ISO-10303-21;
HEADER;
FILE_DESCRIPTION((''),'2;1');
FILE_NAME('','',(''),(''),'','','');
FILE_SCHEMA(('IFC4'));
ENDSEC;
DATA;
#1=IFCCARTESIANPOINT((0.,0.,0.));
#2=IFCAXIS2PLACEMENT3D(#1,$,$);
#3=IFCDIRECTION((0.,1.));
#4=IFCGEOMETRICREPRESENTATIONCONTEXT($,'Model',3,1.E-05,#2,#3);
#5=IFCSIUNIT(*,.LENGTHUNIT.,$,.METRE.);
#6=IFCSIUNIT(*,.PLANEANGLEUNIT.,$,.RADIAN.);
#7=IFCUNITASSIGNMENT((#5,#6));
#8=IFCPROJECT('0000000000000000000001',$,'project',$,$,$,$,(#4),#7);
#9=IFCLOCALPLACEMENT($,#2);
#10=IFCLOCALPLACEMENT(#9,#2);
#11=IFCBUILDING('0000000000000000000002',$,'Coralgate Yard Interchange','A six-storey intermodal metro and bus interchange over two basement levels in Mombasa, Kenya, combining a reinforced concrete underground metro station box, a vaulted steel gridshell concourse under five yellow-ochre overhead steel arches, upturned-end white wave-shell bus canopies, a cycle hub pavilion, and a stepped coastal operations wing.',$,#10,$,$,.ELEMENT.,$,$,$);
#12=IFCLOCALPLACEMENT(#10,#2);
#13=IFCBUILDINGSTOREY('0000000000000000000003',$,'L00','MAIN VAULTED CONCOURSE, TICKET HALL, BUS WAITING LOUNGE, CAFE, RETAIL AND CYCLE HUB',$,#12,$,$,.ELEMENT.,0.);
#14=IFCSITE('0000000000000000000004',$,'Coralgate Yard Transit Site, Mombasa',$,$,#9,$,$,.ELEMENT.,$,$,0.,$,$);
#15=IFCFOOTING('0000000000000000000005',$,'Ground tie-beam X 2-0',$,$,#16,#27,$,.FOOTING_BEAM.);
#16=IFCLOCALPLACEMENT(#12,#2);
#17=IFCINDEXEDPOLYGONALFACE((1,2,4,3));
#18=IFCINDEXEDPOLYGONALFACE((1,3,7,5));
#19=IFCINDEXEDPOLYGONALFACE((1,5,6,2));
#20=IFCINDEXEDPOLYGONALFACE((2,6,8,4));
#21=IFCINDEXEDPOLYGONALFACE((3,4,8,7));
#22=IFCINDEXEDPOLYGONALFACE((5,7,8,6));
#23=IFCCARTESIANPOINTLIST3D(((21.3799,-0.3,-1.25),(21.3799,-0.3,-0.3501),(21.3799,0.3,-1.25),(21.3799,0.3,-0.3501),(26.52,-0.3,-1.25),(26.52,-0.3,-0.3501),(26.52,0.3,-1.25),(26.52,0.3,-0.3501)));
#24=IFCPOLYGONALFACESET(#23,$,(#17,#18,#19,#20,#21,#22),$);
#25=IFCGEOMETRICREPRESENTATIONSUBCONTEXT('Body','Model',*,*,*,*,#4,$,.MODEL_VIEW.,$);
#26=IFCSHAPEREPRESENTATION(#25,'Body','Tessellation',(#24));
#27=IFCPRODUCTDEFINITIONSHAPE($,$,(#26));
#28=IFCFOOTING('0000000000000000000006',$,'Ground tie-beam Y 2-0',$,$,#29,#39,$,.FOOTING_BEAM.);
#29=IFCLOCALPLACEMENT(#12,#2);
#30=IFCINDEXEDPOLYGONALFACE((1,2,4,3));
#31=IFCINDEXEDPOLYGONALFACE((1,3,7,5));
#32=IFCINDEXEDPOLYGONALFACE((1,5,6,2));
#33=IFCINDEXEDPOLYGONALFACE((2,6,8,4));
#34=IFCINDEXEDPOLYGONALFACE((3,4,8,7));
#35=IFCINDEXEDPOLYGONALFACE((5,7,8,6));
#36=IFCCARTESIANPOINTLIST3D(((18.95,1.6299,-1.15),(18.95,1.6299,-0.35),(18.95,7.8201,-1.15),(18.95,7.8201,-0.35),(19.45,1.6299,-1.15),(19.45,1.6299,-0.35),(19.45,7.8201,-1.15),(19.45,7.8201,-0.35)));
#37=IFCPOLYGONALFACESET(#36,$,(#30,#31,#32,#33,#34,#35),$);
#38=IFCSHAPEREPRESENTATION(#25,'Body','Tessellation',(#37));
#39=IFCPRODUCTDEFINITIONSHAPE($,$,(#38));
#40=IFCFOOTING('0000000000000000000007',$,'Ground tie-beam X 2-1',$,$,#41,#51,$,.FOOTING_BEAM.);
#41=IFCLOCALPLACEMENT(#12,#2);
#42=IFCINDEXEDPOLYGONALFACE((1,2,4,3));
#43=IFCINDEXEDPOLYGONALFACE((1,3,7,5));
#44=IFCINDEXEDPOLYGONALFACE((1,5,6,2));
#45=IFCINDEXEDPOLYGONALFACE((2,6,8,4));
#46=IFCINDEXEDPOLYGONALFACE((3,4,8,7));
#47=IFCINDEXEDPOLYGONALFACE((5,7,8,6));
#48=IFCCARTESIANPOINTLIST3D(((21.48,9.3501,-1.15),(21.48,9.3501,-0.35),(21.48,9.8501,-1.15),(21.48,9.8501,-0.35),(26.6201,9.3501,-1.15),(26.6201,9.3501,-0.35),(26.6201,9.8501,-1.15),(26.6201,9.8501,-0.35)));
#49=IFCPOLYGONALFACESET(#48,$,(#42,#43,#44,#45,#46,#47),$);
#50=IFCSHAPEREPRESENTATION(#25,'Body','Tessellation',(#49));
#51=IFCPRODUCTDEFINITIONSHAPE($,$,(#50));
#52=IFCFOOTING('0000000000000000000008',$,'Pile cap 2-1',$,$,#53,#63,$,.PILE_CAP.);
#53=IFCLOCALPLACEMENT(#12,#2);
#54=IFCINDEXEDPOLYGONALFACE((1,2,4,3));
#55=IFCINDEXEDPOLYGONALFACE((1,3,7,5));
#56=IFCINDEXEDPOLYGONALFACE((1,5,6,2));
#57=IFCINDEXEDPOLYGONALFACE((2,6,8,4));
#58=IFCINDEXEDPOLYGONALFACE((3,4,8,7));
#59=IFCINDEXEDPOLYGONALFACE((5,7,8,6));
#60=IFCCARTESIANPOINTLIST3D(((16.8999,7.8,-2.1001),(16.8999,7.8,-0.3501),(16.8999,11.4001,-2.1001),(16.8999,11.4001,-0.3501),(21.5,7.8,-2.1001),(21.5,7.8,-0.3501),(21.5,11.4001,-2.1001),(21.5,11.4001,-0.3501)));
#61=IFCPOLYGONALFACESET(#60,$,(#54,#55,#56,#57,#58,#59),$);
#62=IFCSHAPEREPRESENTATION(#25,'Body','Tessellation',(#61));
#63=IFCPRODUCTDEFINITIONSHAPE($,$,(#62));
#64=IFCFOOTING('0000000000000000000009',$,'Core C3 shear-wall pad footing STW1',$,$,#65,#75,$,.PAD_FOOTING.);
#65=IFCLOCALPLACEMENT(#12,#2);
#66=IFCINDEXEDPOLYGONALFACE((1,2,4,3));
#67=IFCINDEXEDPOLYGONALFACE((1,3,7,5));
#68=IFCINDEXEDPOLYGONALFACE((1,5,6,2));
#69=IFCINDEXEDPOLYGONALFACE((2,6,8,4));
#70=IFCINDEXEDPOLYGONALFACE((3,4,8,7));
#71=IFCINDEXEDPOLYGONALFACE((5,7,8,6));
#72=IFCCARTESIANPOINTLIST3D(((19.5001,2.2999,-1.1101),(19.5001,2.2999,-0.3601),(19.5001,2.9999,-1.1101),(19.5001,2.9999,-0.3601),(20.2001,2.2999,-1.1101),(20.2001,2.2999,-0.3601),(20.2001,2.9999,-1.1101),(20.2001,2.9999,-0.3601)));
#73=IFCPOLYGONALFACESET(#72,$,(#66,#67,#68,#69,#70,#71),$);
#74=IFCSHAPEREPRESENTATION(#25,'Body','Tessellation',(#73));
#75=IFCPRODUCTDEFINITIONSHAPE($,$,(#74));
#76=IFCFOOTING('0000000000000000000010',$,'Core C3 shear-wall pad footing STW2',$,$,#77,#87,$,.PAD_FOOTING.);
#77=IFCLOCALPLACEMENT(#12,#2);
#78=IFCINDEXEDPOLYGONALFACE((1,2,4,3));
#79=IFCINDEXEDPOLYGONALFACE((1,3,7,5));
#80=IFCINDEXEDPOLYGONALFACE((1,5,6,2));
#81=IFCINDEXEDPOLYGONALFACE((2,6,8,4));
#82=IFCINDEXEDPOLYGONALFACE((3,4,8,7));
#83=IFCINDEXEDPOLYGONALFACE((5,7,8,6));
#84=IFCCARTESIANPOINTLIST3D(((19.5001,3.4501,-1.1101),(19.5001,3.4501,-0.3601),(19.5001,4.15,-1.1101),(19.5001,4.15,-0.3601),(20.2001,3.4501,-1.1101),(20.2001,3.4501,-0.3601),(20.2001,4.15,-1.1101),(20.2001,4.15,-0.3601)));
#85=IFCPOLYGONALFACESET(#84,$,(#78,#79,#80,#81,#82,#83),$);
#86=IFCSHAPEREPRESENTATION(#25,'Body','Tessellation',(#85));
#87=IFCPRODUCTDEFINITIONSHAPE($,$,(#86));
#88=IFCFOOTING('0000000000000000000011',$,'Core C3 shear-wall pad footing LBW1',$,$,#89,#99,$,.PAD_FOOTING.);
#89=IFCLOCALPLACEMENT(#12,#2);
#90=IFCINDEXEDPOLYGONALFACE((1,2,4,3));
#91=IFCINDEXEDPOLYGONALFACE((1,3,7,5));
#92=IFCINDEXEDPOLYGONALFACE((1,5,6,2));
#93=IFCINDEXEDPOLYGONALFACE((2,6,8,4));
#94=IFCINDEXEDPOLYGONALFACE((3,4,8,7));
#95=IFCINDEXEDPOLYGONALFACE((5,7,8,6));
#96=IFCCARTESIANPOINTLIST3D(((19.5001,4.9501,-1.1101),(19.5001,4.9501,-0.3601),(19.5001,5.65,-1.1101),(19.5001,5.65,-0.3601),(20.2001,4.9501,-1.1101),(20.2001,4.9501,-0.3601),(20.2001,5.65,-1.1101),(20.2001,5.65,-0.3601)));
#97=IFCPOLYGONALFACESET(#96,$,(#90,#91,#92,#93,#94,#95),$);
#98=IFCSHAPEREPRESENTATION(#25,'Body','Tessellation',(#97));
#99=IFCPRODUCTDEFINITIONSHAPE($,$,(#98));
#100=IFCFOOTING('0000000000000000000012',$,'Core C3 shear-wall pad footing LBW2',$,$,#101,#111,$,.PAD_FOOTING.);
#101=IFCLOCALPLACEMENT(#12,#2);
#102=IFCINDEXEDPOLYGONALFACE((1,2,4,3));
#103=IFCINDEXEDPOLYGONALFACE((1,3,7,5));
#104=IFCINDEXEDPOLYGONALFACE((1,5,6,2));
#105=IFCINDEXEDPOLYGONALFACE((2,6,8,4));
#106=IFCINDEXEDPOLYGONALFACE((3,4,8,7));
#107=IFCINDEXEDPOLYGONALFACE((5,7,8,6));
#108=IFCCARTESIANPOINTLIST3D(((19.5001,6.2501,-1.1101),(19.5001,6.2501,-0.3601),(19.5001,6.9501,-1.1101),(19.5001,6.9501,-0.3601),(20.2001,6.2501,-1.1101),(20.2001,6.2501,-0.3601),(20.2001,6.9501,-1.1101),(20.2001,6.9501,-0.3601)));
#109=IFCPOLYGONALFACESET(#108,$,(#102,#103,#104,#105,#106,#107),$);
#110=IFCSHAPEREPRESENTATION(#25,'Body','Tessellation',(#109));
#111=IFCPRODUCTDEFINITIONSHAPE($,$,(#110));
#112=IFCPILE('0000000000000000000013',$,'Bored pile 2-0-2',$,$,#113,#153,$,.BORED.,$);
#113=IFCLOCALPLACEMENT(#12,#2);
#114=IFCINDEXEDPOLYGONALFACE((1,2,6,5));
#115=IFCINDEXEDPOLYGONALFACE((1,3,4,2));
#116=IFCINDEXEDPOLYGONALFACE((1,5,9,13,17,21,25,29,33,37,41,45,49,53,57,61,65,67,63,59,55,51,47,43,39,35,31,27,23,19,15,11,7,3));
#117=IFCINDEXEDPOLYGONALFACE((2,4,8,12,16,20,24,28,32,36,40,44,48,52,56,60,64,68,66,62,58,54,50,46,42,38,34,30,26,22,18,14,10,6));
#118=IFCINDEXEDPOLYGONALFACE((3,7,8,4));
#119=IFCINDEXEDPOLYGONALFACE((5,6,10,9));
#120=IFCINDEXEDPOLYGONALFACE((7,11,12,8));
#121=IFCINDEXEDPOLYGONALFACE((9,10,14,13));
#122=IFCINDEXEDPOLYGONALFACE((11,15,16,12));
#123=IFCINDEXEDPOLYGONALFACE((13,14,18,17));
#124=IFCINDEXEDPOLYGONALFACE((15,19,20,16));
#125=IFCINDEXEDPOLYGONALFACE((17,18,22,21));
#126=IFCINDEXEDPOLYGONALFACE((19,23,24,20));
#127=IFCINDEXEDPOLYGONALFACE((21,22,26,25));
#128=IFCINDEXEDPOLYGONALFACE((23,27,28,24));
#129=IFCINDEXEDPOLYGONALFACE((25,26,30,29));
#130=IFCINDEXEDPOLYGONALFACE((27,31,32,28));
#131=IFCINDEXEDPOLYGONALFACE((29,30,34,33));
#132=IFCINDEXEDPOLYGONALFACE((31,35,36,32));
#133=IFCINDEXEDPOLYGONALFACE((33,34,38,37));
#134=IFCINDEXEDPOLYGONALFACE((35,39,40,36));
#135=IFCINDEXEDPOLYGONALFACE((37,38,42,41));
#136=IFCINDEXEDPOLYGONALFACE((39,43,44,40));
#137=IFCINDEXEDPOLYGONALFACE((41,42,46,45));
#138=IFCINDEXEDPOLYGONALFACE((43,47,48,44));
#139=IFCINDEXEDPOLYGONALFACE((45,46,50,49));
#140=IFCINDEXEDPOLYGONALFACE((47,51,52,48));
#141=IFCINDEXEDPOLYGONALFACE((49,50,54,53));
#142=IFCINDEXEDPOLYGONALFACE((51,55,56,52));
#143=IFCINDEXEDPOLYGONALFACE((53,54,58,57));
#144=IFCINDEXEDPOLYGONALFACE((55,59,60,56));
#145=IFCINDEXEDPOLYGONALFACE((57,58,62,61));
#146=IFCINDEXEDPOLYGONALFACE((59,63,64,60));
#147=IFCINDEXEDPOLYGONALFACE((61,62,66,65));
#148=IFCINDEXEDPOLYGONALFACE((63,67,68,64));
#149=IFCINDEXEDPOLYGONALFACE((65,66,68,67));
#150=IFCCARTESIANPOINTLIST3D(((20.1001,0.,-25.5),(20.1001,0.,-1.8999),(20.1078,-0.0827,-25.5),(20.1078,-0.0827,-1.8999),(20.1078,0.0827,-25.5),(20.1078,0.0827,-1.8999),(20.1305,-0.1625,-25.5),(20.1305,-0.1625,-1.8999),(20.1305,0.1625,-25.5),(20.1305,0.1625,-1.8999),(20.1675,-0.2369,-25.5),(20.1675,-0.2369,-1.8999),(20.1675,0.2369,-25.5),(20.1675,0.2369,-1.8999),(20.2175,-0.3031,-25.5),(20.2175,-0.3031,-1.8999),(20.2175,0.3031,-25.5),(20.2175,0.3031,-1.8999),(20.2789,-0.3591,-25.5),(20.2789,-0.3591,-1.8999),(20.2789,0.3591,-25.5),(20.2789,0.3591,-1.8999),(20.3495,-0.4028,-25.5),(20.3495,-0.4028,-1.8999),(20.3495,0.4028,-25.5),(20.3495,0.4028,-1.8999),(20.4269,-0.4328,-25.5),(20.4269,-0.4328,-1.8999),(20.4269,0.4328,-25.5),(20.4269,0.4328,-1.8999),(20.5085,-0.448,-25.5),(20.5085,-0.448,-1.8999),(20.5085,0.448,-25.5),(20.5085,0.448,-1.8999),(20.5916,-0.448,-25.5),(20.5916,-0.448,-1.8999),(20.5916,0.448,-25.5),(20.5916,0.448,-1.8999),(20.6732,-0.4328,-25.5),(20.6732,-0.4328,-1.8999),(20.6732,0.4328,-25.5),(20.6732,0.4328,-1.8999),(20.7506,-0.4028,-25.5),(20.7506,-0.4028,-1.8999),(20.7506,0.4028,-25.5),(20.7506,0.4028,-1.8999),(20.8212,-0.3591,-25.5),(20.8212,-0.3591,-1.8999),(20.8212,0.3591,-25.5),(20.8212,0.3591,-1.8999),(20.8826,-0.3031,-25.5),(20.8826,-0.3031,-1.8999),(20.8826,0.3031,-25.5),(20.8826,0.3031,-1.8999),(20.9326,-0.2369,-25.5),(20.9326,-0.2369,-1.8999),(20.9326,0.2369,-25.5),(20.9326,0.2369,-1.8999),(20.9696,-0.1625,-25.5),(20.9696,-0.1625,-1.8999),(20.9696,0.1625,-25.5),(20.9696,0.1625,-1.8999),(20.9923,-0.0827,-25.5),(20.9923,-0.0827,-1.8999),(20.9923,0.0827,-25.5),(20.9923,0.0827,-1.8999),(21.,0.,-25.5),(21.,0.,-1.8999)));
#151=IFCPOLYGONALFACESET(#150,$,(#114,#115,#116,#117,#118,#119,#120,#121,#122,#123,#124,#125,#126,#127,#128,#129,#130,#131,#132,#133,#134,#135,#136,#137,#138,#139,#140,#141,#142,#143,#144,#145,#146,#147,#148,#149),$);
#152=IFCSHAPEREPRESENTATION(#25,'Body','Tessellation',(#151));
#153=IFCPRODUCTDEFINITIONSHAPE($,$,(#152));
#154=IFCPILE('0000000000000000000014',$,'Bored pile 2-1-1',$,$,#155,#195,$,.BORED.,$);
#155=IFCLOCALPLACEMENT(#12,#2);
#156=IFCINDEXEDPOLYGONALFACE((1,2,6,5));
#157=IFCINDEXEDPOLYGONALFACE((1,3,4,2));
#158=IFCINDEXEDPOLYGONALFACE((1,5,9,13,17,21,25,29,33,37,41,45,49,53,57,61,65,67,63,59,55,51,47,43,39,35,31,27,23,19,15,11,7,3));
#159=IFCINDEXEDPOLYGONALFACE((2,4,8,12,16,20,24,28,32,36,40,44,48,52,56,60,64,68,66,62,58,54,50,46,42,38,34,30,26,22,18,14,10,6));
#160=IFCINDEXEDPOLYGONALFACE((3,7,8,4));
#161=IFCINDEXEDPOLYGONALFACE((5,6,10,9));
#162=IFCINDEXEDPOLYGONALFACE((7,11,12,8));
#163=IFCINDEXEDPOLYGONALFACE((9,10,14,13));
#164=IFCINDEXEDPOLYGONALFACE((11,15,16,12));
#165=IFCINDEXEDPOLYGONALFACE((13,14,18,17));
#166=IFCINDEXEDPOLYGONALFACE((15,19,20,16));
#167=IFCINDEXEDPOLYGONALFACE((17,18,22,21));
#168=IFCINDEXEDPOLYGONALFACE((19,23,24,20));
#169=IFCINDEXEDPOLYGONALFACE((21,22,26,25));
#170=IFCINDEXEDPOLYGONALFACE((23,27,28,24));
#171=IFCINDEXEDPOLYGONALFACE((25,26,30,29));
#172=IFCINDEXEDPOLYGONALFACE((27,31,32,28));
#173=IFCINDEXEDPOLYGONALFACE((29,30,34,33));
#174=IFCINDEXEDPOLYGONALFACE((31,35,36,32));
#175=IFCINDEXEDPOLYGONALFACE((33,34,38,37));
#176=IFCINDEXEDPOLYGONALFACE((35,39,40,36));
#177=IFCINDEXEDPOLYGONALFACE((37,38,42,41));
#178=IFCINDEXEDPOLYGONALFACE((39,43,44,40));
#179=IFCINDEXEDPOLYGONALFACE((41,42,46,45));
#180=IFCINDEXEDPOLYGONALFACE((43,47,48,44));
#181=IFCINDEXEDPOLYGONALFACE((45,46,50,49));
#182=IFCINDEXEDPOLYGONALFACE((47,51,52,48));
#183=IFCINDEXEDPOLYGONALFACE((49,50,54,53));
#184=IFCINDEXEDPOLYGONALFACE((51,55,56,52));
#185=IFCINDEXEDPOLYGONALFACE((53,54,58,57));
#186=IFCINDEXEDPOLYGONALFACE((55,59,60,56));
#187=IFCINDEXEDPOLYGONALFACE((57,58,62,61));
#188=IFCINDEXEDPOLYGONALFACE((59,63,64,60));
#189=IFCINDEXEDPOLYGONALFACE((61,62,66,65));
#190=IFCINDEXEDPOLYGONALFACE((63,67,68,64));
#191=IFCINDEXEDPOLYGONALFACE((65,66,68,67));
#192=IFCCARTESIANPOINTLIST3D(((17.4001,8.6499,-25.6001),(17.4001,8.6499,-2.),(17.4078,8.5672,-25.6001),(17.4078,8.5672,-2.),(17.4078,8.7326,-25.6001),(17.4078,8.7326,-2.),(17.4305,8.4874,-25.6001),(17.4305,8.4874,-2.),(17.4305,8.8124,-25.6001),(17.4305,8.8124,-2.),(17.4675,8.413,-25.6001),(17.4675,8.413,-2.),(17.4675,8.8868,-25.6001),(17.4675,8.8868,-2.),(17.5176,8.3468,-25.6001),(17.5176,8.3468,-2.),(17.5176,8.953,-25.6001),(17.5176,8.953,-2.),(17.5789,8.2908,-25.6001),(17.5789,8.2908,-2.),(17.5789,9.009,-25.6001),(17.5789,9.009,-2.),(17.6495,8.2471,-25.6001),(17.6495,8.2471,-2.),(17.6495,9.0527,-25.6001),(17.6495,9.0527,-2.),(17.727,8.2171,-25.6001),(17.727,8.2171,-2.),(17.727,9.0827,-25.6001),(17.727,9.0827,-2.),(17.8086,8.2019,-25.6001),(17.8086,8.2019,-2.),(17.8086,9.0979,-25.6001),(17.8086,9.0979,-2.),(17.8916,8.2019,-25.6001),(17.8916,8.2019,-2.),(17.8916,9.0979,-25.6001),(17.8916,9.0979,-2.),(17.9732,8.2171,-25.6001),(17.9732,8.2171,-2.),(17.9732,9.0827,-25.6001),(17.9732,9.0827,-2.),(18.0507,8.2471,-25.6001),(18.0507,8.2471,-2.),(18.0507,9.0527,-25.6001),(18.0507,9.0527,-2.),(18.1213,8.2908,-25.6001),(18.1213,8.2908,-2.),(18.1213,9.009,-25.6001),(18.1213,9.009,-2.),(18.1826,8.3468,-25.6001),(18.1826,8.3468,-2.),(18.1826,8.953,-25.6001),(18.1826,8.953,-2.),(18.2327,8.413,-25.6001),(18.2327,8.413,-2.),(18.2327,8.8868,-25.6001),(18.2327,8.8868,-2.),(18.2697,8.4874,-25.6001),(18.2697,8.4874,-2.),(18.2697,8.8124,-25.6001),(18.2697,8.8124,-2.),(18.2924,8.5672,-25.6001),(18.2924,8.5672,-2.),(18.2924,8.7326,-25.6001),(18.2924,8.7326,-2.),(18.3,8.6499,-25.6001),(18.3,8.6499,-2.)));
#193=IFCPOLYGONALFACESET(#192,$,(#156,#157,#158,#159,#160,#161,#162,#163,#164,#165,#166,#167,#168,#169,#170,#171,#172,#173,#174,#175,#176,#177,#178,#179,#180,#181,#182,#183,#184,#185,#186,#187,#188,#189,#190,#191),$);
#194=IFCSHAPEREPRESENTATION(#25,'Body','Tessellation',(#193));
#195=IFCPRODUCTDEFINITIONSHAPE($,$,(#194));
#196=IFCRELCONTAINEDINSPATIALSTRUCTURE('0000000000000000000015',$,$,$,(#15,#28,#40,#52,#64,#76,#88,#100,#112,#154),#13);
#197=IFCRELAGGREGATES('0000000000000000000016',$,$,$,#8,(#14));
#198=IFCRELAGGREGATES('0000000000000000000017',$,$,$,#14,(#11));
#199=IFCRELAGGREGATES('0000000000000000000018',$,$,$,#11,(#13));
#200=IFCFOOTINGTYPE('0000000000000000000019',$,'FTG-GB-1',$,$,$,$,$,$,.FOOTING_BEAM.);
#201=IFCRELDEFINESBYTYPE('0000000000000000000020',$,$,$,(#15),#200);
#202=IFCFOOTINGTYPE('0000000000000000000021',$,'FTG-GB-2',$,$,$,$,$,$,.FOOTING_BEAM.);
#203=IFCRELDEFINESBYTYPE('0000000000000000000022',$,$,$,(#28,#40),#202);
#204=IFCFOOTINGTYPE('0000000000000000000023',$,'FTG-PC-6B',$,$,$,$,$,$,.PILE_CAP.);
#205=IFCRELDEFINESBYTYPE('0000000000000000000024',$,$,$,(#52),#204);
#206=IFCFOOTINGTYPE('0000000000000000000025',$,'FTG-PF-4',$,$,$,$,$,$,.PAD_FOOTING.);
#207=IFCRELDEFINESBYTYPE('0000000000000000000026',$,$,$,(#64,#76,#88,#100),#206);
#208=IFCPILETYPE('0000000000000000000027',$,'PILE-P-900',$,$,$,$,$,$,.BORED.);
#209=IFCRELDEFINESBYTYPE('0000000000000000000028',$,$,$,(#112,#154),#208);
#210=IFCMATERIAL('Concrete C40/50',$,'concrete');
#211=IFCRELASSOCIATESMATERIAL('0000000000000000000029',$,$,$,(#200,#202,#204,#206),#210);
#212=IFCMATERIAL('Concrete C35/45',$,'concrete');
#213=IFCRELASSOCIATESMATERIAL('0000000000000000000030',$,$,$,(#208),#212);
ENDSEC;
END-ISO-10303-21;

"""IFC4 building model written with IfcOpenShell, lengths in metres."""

from ifc_helpers import new_model, si_unit, direction, frame, origin, origin_2d, place, context, subcontext, project, spatial, rectangle, circle, extrude, material, material_profile, profile_set, type_object, element, save


model = new_model("IFC4")

# Units and contexts
model_context = context("Model", 3, precision=1e-05, world=origin(), true_north=direction((0.0, 1.0)))
body_context = subcontext(model_context, "Body", "Model", "MODEL_VIEW")
ifc_project = project(units=[si_unit("LENGTHUNIT", "METRE"), si_unit("PLANEANGLEUNIT", "RADIAN")], contexts=[model_context])

# Site, building, storey
site_placement = place(None, origin())
site = spatial("IfcSite", under=ifc_project, at=site_placement, Name="Coralgate Yard Transit Site, Mombasa", CompositionType="ELEMENT", RefElevation=0.0)
building_placement = place(site_placement, origin())
building = spatial("IfcBuilding", under=site, at=building_placement, Name="Coralgate Yard Interchange", Description="A six-storey intermodal metro and bus interchange over two basement levels in Mombasa, Kenya, combining a reinforced concrete underground metro station box, a vaulted steel gridshell concourse under five yellow-ochre overhead steel arches, upturned-end white wave-shell bus canopies, a cycle hub pavilion, and a stepped coastal operations wing.", CompositionType="ELEMENT")
storey_placement = place(building_placement, origin())
storey = spatial("IfcBuildingStorey", under=building, at=storey_placement, Name="L00", Description="MAIN VAULTED CONCOURSE, TICKET HALL, BUS WAITING LOUNGE, CAFE, RETAIL AND CYCLE HUB", CompositionType="ELEMENT", Elevation=0.0)

# Footings
ifc_material_1 = material(Name="Concrete C40/50", Category="concrete")
ifc_material_profile_1 = material_profile(ifc_material_1, rectangle(XDim=0.6001, YDim=0.8999, at=origin_2d()), Name="RC 600x900")
ifc_profile_set_1 = profile_set([ifc_material_profile_1], Name="Concrete C40/50")
footing_type_1 = type_object("IfcFootingType", Name="FTG-GB-1", PredefinedType="FOOTING_BEAM", material=ifc_profile_set_1)
footing_1_placement = place(storey_placement, frame((21.3799, 0.0, -0.8), z_axis=(1.0, 0.0, 0.0), x_axis=(0.0, 1.0, 0.0)))
element("IfcFooting", 1, at=footing_1_placement, inside=storey, type_object=footing_type_1, Name="Ground tie-beam X 2-0", PredefinedType="FOOTING_BEAM", context=body_context, shape_type="SweptSolid", body=[
    extrude(rectangle(XDim=0.6001, YDim=0.8999, at=origin_2d()), origin(), (0.0, 0.0, 1.0), 5.1401),
])
ifc_material_profile_2 = material_profile(ifc_material_1, rectangle(XDim=0.5, YDim=0.8, at=origin_2d()), Name="RC 500x800")
ifc_profile_set_2 = profile_set([ifc_material_profile_2], Name="Concrete C40/50")
footing_type_2 = type_object("IfcFootingType", Name="FTG-GB-2", PredefinedType="FOOTING_BEAM", material=ifc_profile_set_2)
footing_2_placement = place(storey_placement, frame((19.2, 1.6299, -0.75), z_axis=(0.0, 1.0, 0.0), x_axis=(-1.0, 0.0, 0.0)))
element("IfcFooting", 2, at=footing_2_placement, inside=storey, type_object=footing_type_2, Name="Ground tie-beam Y 2-0", PredefinedType="FOOTING_BEAM", context=body_context, shape_type="SweptSolid", body=[
    extrude(rectangle(XDim=0.5, YDim=0.8, at=origin_2d()), origin(), (0.0, 0.0, 1.0), 6.1902),
])
footing_3_placement = place(storey_placement, frame((21.48, 9.6001, -0.75), z_axis=(1.0, 0.0, 0.0), x_axis=(0.0, 1.0, 0.0)))
element("IfcFooting", 3, at=footing_3_placement, inside=storey, type_object=footing_type_2, Name="Ground tie-beam X 2-1", PredefinedType="FOOTING_BEAM", context=body_context, shape_type="SweptSolid", body=[
    extrude(rectangle(XDim=0.5, YDim=0.8, at=origin_2d()), origin(), (0.0, 0.0, 1.0), 5.1401),
])
footing_type_3 = type_object("IfcFootingType", Name="FTG-PC-6B", PredefinedType="PILE_CAP", material=ifc_material_1)
footing_4_placement = place(storey_placement, frame((19.2, 9.6001, -2.1001), z_axis=(0.0, 0.0, 1.0), x_axis=(1.0, 0.0, 0.0)))
element("IfcFooting", 4, at=footing_4_placement, inside=storey, type_object=footing_type_3, Name="Pile cap 2-1", PredefinedType="PILE_CAP", context=body_context, shape_type="SweptSolid", body=[
    extrude(rectangle(XDim=4.6001, YDim=3.6001, at=origin_2d()), origin(), (0.0, 0.0, 1.0), 1.75),
])
footing_type_4 = type_object("IfcFootingType", Name="FTG-PF-4", PredefinedType="PAD_FOOTING", material=ifc_material_1)
for number, where, z_axis, x_axis, name in (
    (5, (19.8501, 2.6499, -1.1101), (0.0, 0.0, 1.0), (1.0, 0.0, 0.0), "Core C3 shear-wall pad footing STW1"),
    (6, (19.8501, 3.8, -1.1101), (0.0, 0.0, 1.0), (1.0, 0.0, 0.0), "Core C3 shear-wall pad footing STW2"),
    (7, (19.8501, 5.3, -1.1101), (0.0, 0.0, 1.0), (1.0, 0.0, 0.0), "Core C3 shear-wall pad footing LBW1"),
    (8, (19.8501, 6.6001, -1.1101), (0.0, 0.0, 1.0), (1.0, 0.0, 0.0), "Core C3 shear-wall pad footing LBW2"),
):
    element("IfcFooting", number, at=place(storey_placement, frame(where, z_axis=z_axis, x_axis=x_axis)), inside=storey, type_object=footing_type_4, Name=name, PredefinedType="PAD_FOOTING", context=body_context, shape_type="SweptSolid", body=[
        extrude(rectangle(XDim=0.7, YDim=0.7, at=origin_2d()), origin(), (0.0, 0.0, 1.0), 0.75),
    ])

# Piles
ifc_material_2 = material(Name="Concrete C35/45", Category="concrete")
ifc_material_profile_3 = material_profile(ifc_material_2, circle(Radius=0.45, at=origin_2d()), Name="BORED PILE D900")
ifc_profile_set_3 = profile_set([ifc_material_profile_3], Name="Concrete C35/45")
pile_type = type_object("IfcPileType", Name="PILE-P-900", PredefinedType="BORED", material=ifc_profile_set_3)
for number, where, z_axis, x_axis, name in (
    (9, (20.55, 0.0, -1.8999), (0.0, 0.0, -1.0), (1.0, 0.0, 0.0), "Bored pile 2-0-2"),
    (10, (17.8501, 8.6499, -2.0), (0.0, 0.0, -1.0), (1.0, 0.0, 0.0), "Bored pile 2-1-1"),
):
    element("IfcPile", number, at=place(storey_placement, frame(where, z_axis=z_axis, x_axis=x_axis)), inside=storey, type_object=pile_type, Name=name, PredefinedType="BORED", context=body_context, shape_type="SweptSolid", body=[
        extrude(circle(Radius=0.45, at=origin_2d()), origin(), (0.0, 0.0, 1.0), 23.6001),
    ])

save(model, "model.ifc")
